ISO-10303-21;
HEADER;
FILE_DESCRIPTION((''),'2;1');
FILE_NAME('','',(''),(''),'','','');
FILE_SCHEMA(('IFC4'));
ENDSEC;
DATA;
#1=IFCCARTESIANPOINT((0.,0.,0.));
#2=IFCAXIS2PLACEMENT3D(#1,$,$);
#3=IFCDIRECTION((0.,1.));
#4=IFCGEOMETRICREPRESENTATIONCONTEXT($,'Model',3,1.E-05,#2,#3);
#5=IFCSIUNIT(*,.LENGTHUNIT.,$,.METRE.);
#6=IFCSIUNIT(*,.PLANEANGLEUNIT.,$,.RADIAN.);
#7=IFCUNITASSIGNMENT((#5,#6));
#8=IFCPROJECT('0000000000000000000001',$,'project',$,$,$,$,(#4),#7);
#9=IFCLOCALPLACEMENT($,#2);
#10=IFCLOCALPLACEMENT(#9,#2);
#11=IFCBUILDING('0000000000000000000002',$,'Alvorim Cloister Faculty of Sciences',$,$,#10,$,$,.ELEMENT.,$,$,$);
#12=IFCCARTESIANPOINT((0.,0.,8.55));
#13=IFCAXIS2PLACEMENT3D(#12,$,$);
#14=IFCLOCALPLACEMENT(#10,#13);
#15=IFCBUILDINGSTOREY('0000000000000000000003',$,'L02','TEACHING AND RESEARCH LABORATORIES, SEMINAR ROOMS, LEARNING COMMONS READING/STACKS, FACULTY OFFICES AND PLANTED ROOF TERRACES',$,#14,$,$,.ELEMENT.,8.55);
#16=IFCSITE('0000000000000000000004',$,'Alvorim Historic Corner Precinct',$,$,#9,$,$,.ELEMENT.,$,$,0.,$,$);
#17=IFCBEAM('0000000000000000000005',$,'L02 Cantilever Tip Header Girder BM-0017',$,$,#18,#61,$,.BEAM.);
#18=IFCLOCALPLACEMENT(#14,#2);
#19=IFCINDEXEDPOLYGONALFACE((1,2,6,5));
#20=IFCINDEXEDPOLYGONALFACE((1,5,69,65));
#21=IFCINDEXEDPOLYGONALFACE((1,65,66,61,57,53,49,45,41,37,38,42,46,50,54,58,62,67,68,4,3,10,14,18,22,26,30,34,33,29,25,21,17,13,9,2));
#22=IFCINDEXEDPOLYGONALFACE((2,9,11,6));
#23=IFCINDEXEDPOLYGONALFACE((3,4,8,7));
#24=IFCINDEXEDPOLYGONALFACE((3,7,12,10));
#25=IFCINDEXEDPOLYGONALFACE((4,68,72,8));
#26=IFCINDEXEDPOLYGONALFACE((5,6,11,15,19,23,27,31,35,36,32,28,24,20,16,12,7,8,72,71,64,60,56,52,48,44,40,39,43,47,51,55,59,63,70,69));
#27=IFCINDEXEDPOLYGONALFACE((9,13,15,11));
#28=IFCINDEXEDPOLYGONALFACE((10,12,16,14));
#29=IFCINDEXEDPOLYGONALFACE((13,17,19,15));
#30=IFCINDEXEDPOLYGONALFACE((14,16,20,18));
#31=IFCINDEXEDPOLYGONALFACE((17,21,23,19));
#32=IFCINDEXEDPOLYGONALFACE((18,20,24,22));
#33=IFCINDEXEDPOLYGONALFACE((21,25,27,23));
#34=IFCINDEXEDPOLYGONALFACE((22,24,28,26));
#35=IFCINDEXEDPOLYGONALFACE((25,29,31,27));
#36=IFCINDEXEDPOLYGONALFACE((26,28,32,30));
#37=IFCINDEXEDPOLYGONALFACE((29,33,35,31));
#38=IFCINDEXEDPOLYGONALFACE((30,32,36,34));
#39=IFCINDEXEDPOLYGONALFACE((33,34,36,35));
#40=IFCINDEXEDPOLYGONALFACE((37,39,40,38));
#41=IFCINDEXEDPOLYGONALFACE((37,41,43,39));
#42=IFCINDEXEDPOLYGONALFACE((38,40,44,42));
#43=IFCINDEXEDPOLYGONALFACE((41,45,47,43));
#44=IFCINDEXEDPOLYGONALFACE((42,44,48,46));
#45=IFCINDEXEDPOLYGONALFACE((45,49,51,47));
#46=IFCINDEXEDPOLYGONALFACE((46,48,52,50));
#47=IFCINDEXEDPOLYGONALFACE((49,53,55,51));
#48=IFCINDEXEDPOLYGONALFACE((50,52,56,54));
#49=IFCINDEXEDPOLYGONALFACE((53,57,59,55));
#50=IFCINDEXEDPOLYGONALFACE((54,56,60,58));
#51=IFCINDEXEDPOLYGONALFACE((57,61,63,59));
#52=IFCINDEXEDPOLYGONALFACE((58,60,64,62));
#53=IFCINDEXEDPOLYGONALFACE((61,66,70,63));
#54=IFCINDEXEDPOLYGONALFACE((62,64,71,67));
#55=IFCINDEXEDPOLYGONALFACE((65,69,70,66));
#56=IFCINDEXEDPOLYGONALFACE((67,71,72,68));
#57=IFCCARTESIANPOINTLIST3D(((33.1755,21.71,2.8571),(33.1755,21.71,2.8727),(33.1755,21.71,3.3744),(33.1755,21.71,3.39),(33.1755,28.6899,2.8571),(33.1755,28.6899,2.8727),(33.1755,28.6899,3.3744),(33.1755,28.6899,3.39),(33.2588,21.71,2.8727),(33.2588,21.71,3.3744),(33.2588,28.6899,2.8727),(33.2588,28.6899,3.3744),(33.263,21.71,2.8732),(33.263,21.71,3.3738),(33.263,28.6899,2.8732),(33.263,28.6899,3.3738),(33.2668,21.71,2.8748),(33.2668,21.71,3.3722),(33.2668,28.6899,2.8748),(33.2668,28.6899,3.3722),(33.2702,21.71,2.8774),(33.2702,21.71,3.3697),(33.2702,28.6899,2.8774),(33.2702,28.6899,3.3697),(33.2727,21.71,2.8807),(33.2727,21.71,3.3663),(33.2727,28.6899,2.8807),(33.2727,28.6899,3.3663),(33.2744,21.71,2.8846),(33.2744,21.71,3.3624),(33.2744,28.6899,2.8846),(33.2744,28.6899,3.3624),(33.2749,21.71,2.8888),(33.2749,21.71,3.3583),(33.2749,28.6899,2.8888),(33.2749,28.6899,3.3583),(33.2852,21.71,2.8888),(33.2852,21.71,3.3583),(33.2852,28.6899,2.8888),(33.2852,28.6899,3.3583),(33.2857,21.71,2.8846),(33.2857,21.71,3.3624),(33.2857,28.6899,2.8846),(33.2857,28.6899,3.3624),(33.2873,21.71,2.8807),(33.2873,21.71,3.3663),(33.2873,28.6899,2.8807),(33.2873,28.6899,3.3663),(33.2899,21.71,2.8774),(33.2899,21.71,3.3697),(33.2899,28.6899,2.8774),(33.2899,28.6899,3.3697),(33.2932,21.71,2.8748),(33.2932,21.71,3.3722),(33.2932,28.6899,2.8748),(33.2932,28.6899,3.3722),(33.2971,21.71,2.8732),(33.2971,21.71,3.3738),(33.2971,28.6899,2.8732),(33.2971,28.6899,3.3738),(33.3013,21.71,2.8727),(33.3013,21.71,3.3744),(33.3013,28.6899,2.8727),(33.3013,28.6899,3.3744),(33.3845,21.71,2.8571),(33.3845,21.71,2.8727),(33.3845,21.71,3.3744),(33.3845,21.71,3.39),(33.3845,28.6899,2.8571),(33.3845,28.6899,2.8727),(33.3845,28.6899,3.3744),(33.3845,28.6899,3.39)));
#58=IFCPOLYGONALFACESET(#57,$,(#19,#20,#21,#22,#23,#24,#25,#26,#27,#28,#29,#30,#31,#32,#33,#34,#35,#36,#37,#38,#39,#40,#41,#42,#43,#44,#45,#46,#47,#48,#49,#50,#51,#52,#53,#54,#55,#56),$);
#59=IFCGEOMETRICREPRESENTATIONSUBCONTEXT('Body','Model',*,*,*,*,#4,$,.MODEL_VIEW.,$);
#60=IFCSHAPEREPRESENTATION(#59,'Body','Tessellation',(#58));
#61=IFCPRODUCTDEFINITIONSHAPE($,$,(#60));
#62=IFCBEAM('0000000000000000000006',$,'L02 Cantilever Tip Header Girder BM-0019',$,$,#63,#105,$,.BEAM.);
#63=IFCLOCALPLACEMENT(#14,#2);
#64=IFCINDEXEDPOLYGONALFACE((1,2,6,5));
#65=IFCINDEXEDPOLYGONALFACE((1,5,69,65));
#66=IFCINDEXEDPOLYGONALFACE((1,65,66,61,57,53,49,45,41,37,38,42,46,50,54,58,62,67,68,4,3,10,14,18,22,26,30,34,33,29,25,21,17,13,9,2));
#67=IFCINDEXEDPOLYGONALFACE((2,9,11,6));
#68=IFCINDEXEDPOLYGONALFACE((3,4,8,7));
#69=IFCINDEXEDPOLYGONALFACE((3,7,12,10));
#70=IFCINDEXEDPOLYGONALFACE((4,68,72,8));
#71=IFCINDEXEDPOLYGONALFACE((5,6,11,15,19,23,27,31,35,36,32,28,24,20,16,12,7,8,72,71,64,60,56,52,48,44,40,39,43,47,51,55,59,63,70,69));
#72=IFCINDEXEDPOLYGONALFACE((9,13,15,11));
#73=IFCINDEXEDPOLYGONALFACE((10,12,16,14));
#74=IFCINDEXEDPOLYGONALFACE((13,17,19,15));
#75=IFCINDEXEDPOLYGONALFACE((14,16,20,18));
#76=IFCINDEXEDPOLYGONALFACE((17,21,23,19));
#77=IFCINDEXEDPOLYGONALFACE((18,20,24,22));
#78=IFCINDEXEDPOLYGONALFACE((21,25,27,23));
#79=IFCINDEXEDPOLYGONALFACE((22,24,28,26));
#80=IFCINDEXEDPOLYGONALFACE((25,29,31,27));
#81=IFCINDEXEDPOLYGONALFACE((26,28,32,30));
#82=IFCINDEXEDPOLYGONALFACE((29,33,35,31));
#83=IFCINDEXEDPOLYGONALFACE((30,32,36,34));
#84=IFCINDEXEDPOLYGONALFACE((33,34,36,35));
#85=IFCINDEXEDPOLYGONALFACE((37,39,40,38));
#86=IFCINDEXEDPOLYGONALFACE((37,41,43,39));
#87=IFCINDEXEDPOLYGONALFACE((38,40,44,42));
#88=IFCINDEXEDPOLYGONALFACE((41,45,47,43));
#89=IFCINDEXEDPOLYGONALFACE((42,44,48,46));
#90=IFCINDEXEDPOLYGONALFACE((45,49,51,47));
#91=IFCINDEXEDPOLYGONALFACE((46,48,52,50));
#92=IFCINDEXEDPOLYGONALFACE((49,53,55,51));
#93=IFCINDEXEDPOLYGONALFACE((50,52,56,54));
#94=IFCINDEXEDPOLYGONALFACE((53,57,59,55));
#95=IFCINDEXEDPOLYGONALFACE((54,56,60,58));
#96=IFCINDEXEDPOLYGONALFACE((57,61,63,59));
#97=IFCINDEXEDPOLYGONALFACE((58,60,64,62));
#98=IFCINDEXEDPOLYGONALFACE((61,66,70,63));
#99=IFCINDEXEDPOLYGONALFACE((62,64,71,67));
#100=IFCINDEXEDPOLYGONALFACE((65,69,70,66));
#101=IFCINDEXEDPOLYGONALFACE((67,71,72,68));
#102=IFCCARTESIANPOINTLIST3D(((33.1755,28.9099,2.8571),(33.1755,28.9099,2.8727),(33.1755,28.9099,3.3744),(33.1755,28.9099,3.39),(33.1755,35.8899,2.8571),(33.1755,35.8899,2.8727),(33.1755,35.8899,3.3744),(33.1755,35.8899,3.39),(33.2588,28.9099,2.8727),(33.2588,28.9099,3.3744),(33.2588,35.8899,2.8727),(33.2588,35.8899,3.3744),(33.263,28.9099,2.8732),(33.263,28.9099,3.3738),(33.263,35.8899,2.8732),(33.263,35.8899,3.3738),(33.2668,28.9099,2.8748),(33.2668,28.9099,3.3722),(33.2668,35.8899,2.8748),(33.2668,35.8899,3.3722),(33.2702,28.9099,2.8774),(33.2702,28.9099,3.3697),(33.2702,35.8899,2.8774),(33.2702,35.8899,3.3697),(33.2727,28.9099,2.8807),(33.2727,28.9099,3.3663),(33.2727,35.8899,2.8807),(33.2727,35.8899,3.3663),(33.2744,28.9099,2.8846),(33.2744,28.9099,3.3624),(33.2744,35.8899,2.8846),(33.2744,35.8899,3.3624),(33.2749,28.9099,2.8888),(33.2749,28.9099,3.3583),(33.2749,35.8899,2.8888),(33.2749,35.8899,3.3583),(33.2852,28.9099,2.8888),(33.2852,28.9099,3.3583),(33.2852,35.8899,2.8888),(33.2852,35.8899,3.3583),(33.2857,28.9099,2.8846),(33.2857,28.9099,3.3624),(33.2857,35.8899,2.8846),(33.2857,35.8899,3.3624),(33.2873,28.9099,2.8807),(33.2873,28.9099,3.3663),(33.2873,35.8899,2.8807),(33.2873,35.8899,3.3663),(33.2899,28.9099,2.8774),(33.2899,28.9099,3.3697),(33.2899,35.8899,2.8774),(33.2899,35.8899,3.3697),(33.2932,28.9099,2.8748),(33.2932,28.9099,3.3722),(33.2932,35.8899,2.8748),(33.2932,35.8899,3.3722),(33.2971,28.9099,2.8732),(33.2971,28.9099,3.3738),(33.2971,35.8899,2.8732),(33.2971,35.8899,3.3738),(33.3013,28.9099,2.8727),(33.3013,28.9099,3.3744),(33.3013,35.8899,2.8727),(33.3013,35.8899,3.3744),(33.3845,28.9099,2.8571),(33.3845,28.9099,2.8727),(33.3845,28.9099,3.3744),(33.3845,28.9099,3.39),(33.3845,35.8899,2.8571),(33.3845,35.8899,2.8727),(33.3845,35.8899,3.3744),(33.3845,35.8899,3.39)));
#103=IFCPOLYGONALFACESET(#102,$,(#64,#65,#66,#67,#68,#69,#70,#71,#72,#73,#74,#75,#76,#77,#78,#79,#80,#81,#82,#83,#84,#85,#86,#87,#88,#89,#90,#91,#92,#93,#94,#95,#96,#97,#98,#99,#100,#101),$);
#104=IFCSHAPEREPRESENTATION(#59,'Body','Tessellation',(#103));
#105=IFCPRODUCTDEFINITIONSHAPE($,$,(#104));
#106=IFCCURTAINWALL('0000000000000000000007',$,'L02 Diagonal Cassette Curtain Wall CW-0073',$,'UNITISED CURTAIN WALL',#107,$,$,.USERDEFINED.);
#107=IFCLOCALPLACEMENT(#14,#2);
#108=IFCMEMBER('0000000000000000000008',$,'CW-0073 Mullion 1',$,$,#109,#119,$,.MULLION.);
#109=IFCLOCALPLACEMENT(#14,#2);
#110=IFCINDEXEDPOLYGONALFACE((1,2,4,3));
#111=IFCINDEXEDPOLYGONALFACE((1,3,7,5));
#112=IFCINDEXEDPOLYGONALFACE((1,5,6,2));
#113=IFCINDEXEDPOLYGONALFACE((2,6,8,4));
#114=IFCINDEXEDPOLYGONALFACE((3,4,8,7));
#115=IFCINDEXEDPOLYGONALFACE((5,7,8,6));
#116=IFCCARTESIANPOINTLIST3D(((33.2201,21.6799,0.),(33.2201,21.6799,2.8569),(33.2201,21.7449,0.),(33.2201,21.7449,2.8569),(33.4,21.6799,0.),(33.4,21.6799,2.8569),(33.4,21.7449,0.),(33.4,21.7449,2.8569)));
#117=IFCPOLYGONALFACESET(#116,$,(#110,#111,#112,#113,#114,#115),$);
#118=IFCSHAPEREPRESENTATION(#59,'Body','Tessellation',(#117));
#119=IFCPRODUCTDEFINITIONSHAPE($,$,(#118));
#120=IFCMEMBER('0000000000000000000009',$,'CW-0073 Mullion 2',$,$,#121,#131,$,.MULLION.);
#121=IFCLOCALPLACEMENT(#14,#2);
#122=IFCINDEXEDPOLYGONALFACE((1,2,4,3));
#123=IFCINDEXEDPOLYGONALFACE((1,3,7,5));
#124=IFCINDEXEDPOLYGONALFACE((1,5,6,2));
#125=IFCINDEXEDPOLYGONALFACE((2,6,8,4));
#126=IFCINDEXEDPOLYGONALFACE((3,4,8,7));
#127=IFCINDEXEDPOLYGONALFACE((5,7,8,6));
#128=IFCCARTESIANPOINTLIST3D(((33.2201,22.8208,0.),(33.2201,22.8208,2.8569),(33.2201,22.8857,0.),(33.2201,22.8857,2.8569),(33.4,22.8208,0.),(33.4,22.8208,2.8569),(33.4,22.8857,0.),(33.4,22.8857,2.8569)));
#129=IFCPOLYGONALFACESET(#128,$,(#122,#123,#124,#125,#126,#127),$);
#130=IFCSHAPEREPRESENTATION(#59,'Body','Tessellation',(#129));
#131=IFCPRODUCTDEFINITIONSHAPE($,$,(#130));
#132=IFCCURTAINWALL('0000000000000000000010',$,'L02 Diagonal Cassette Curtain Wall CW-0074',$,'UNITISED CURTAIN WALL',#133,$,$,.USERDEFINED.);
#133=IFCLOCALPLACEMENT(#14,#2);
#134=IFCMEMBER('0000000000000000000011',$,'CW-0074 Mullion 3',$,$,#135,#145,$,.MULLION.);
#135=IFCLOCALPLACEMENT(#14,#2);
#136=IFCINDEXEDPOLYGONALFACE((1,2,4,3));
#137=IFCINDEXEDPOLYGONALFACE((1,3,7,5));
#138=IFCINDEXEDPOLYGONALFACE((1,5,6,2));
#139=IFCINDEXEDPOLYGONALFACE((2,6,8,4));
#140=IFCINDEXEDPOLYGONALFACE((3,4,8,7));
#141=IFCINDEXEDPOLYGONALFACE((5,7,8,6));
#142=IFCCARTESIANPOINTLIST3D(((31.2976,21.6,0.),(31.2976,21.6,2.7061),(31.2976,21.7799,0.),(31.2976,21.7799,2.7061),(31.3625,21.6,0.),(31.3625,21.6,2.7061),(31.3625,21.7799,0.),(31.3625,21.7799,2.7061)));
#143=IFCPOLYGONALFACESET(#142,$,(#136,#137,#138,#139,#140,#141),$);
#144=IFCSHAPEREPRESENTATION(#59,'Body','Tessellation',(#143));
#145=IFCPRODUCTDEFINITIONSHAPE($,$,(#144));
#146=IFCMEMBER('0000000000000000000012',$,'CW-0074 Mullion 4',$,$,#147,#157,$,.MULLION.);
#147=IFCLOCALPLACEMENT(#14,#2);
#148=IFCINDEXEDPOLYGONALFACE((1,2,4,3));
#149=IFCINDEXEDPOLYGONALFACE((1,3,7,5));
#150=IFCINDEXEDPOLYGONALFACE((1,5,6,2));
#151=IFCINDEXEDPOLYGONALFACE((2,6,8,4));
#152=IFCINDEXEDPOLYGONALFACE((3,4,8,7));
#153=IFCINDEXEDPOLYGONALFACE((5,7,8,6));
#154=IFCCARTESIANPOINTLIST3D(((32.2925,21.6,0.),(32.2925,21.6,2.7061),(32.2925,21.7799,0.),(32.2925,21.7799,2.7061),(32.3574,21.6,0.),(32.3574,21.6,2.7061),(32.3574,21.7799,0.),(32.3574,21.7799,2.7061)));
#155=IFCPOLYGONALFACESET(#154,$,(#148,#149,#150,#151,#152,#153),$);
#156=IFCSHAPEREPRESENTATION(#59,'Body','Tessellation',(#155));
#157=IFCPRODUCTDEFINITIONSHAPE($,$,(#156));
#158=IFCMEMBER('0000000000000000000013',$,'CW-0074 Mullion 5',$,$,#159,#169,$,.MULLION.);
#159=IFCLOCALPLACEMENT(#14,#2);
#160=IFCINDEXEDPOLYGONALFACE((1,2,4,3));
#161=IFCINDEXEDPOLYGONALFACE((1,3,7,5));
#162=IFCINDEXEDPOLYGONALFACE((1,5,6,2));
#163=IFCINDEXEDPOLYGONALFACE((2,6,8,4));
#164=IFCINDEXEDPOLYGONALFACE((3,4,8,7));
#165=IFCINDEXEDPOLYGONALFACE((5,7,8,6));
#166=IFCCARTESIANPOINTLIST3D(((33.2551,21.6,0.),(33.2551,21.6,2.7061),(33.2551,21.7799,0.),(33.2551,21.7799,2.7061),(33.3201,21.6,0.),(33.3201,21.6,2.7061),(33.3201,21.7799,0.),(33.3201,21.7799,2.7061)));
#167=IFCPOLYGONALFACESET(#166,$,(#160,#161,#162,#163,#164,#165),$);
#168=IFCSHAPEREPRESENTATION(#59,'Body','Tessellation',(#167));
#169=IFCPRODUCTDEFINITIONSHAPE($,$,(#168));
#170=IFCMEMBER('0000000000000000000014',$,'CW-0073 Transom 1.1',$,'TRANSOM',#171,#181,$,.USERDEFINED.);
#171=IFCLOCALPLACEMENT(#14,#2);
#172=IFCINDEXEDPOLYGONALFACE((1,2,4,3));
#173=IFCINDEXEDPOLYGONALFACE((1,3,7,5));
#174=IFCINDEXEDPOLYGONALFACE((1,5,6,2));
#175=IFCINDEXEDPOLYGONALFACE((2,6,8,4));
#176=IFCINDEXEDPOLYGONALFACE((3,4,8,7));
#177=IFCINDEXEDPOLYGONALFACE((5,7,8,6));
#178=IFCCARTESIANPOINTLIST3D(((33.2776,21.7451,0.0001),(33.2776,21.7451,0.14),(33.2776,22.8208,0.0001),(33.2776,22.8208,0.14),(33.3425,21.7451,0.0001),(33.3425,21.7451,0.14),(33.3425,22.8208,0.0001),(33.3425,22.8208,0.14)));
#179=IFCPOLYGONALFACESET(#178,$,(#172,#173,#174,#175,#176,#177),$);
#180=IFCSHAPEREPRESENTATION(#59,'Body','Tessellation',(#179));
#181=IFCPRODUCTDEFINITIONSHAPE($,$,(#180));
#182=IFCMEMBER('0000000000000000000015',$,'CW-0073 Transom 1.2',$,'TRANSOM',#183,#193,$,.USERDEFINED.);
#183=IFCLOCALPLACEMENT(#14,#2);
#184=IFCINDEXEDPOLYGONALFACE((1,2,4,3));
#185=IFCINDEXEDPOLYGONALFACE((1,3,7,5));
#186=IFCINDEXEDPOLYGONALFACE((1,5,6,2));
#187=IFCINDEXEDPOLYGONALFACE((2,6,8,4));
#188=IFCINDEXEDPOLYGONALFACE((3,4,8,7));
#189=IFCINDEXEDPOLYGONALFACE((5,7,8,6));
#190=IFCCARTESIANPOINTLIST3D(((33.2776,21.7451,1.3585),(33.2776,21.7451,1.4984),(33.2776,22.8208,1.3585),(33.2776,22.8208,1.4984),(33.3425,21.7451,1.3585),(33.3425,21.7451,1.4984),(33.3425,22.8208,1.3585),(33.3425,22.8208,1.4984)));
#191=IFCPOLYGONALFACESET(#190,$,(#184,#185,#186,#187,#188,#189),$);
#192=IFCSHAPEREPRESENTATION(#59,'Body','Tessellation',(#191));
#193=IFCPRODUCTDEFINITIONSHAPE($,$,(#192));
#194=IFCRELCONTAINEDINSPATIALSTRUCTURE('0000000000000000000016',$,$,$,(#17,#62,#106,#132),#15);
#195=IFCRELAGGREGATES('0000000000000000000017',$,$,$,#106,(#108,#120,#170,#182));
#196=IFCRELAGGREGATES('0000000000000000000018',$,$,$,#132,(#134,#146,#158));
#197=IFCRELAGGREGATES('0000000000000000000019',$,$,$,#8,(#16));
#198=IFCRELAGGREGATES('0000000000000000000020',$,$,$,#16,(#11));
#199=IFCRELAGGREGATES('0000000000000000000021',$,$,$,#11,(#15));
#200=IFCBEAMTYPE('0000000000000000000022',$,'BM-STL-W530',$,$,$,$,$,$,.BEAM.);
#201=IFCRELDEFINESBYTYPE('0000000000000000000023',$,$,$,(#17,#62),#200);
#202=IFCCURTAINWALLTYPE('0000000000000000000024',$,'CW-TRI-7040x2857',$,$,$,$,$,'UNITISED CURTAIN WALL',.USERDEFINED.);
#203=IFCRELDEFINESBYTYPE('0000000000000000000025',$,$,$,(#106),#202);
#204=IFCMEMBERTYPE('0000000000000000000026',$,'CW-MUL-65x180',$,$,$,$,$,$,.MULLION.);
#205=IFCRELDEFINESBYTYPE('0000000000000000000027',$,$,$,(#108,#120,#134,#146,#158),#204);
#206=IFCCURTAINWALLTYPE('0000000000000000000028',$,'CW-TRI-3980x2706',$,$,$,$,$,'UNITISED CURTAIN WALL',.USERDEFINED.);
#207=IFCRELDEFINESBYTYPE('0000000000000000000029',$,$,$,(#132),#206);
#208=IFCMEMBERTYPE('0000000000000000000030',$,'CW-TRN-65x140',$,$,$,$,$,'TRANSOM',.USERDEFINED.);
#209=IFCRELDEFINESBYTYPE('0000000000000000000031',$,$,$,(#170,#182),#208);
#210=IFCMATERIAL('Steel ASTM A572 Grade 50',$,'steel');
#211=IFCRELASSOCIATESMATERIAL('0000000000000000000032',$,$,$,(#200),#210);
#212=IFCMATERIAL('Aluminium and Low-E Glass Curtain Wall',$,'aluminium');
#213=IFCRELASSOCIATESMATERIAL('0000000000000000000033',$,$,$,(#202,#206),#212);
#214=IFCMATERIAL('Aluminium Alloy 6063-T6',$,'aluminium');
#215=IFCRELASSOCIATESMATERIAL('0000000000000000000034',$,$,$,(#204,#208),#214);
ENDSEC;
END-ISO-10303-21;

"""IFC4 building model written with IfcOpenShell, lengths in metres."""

from ifc_helpers import new_model, si_unit, direction, frame, origin, origin_2d, place, context, subcontext, project, spatial, rectangle, i_section, extrude, material, material_profile, profile_set, type_object, element, aggregate, save


model = new_model("IFC4")

# Units and contexts
model_context = context("Model", 3, precision=1e-05, world=origin(), true_north=direction((0.0, 1.0)))
body_context = subcontext(model_context, "Body", "Model", "MODEL_VIEW")
ifc_project = project(units=[si_unit("LENGTHUNIT", "METRE"), si_unit("PLANEANGLEUNIT", "RADIAN")], contexts=[model_context])

# Site, building, storey
site_placement = place(None, origin())
site = spatial("IfcSite", under=ifc_project, at=site_placement, Name="Alvorim Historic Corner Precinct", CompositionType="ELEMENT", RefElevation=0.0)
building_placement = place(site_placement, origin())
building = spatial("IfcBuilding", under=site, at=building_placement, Name="Alvorim Cloister Faculty of Sciences", CompositionType="ELEMENT")
storey_placement = place(building_placement, frame((0.0, 0.0, 8.55)))
storey = spatial("IfcBuildingStorey", under=building, at=storey_placement, Name="L02", Description="TEACHING AND RESEARCH LABORATORIES, SEMINAR ROOMS, LEARNING COMMONS READING/STACKS, FACULTY OFFICES AND PLANTED ROOF TERRACES", CompositionType="ELEMENT", Elevation=8.55)

# Beams
ifc_material_1 = material(Name="Steel ASTM A572 Grade 50", Category="steel")
ifc_material_profile_1 = material_profile(ifc_material_1, i_section(OverallWidth=0.209, OverallDepth=0.533, WebThickness=0.0103, FlangeThickness=0.0156, FilletRadius=0.0161, at=origin_2d()), Name="W530x92.0")
ifc_profile_set_1 = profile_set([ifc_material_profile_1], Name="Steel ASTM A572 Grade 50")
beam_type = type_object("IfcBeamType", Name="BM-STL-W530", PredefinedType="BEAM", material=ifc_profile_set_1)
for number, where, z_axis, x_axis, name in (
    (1, (33.28, 21.71, 3.1235), (0.0, 1.0, 0.0), (-1.0, 0.0, 0.0), "L02 Cantilever Tip Header Girder BM-0017"),
    (2, (33.28, 28.9099, 3.1235), (0.0, 1.0, 0.0), (-1.0, 0.0, 0.0), "L02 Cantilever Tip Header Girder BM-0019"),
):
    element("IfcBeam", number, at=place(storey_placement, frame(where, z_axis=z_axis, x_axis=x_axis)), inside=storey, type_object=beam_type, Name=name, PredefinedType="BEAM", context=body_context, shape_type="SweptSolid", body=[
        extrude(i_section(OverallWidth=0.209, OverallDepth=0.533, WebThickness=0.0103, FlangeThickness=0.0156, FilletRadius=0.0161, at=origin_2d()), origin(), (0.0, 0.0, 1.0), 6.98),
    ])

# Curtain walls, members
ifc_material_2 = material(Name="Aluminium and Low-E Glass Curtain Wall", Category="aluminium")
curtain_wall_type_1 = type_object("IfcCurtainWallType", Name="CW-TRI-7040x2857", ElementType="UNITISED CURTAIN WALL", PredefinedType="USERDEFINED", material=ifc_material_2)
curtain_wall_1_placement = place(storey_placement, origin())
curtain_wall_1 = element("IfcCurtainWall", 3, at=curtain_wall_1_placement, inside=storey, type_object=curtain_wall_type_1, Name="L02 Diagonal Cassette Curtain Wall CW-0073", ObjectType="UNITISED CURTAIN WALL", PredefinedType="USERDEFINED")
ifc_material_3 = material(Name="Aluminium Alloy 6063-T6", Category="aluminium")
ifc_material_profile_2 = material_profile(ifc_material_3, rectangle(XDim=0.0649, YDim=0.1799, at=origin_2d()), Name="ALU-MUL-65x180")
ifc_profile_set_2 = profile_set([ifc_material_profile_2], Name="Aluminium Alloy 6063-T6")
member_type_1 = type_object("IfcMemberType", Name="CW-MUL-65x180", PredefinedType="MULLION", material=ifc_profile_set_2)
member_1_placement = place(storey_placement, frame((33.3101, 21.7124, 0.0), z_axis=(0.0, 0.0, 1.0), x_axis=(0.0, 1.0, 0.0)))
member_1 = element("IfcMember", 4, at=member_1_placement, type_object=member_type_1, Name="CW-0073 Mullion 1", PredefinedType="MULLION", context=body_context, shape_type="SweptSolid", body=[
    extrude(rectangle(XDim=0.0649, YDim=0.1799, at=origin_2d()), origin(), (0.0, 0.0, 1.0), 2.8569),
])
member_2_placement = place(storey_placement, frame((33.3101, 22.8533, 0.0), z_axis=(0.0, 0.0, 1.0), x_axis=(0.0, 1.0, 0.0)))
member_2 = element("IfcMember", 5, at=member_2_placement, type_object=member_type_1, Name="CW-0073 Mullion 2", PredefinedType="MULLION", context=body_context, shape_type="SweptSolid", body=[
    extrude(rectangle(XDim=0.0649, YDim=0.1799, at=origin_2d()), origin(), (0.0, 0.0, 1.0), 2.8569),
])
curtain_wall_type_2 = type_object("IfcCurtainWallType", Name="CW-TRI-3980x2706", ElementType="UNITISED CURTAIN WALL", PredefinedType="USERDEFINED", material=ifc_material_2)
curtain_wall_2_placement = place(storey_placement, origin())
curtain_wall_2 = element("IfcCurtainWall", 6, at=curtain_wall_2_placement, inside=storey, type_object=curtain_wall_type_2, Name="L02 Diagonal Cassette Curtain Wall CW-0074", ObjectType="UNITISED CURTAIN WALL", PredefinedType="USERDEFINED")
member_3_placement = place(storey_placement, frame((31.3301, 21.6899, 0.0), z_axis=(0.0, 0.0, 1.0), x_axis=(1.0, 0.0, 0.0)))
member_3 = element("IfcMember", 7, at=member_3_placement, type_object=member_type_1, Name="CW-0074 Mullion 3", PredefinedType="MULLION", context=body_context, shape_type="SweptSolid", body=[
    extrude(rectangle(XDim=0.0649, YDim=0.1799, at=origin_2d()), origin(), (0.0, 0.0, 1.0), 2.7061),
])
member_4_placement = place(storey_placement, frame((32.325, 21.6899, 0.0), z_axis=(0.0, 0.0, 1.0), x_axis=(1.0, 0.0, 0.0)))
member_4 = element("IfcMember", 8, at=member_4_placement, type_object=member_type_1, Name="CW-0074 Mullion 4", PredefinedType="MULLION", context=body_context, shape_type="SweptSolid", body=[
    extrude(rectangle(XDim=0.0649, YDim=0.1799, at=origin_2d()), origin(), (0.0, 0.0, 1.0), 2.7061),
])
member_5_placement = place(storey_placement, frame((33.2876, 21.6899, 0.0), z_axis=(0.0, 0.0, 1.0), x_axis=(1.0, 0.0, 0.0)))
member_5 = element("IfcMember", 9, at=member_5_placement, type_object=member_type_1, Name="CW-0074 Mullion 5", PredefinedType="MULLION", context=body_context, shape_type="SweptSolid", body=[
    extrude(rectangle(XDim=0.0649, YDim=0.1799, at=origin_2d()), origin(), (0.0, 0.0, 1.0), 2.7061),
])

# Members
ifc_material_profile_3 = material_profile(ifc_material_3, rectangle(XDim=0.0649, YDim=0.1399, at=origin_2d()), Name="ALU-TRN-65x140")
ifc_profile_set_3 = profile_set([ifc_material_profile_3], Name="Aluminium Alloy 6063-T6")
member_type_2 = type_object("IfcMemberType", Name="CW-TRN-65x140", ElementType="TRANSOM", PredefinedType="USERDEFINED", material=ifc_profile_set_3)
member_6_placement = place(storey_placement, frame((33.3101, 21.7451, 0.0701), z_axis=(0.0, 1.0, 0.0), x_axis=(-1.0, 0.0, 0.0)))
member_6 = element("IfcMember", 10, at=member_6_placement, type_object=member_type_2, Name="CW-0073 Transom 1.1", ObjectType="TRANSOM", PredefinedType="USERDEFINED", context=body_context, shape_type="SweptSolid", body=[
    extrude(rectangle(XDim=0.0649, YDim=0.1399, at=origin_2d()), origin(), (0.0, 0.0, 1.0), 1.0757),
])
member_7_placement = place(storey_placement, frame((33.3101, 21.7451, 1.4285), z_axis=(0.0, 1.0, 0.0), x_axis=(-1.0, 0.0, 0.0)))
member_7 = element("IfcMember", 11, at=member_7_placement, type_object=member_type_2, Name="CW-0073 Transom 1.2", ObjectType="TRANSOM", PredefinedType="USERDEFINED", context=body_context, shape_type="SweptSolid", body=[
    extrude(rectangle(XDim=0.0649, YDim=0.1399, at=origin_2d()), origin(), (0.0, 0.0, 1.0), 1.0757),
])
aggregate(curtain_wall_1, [member_1, member_2, member_6, member_7])
aggregate(curtain_wall_2, [member_3, member_4, member_5])

save(model, "model.ifc")
